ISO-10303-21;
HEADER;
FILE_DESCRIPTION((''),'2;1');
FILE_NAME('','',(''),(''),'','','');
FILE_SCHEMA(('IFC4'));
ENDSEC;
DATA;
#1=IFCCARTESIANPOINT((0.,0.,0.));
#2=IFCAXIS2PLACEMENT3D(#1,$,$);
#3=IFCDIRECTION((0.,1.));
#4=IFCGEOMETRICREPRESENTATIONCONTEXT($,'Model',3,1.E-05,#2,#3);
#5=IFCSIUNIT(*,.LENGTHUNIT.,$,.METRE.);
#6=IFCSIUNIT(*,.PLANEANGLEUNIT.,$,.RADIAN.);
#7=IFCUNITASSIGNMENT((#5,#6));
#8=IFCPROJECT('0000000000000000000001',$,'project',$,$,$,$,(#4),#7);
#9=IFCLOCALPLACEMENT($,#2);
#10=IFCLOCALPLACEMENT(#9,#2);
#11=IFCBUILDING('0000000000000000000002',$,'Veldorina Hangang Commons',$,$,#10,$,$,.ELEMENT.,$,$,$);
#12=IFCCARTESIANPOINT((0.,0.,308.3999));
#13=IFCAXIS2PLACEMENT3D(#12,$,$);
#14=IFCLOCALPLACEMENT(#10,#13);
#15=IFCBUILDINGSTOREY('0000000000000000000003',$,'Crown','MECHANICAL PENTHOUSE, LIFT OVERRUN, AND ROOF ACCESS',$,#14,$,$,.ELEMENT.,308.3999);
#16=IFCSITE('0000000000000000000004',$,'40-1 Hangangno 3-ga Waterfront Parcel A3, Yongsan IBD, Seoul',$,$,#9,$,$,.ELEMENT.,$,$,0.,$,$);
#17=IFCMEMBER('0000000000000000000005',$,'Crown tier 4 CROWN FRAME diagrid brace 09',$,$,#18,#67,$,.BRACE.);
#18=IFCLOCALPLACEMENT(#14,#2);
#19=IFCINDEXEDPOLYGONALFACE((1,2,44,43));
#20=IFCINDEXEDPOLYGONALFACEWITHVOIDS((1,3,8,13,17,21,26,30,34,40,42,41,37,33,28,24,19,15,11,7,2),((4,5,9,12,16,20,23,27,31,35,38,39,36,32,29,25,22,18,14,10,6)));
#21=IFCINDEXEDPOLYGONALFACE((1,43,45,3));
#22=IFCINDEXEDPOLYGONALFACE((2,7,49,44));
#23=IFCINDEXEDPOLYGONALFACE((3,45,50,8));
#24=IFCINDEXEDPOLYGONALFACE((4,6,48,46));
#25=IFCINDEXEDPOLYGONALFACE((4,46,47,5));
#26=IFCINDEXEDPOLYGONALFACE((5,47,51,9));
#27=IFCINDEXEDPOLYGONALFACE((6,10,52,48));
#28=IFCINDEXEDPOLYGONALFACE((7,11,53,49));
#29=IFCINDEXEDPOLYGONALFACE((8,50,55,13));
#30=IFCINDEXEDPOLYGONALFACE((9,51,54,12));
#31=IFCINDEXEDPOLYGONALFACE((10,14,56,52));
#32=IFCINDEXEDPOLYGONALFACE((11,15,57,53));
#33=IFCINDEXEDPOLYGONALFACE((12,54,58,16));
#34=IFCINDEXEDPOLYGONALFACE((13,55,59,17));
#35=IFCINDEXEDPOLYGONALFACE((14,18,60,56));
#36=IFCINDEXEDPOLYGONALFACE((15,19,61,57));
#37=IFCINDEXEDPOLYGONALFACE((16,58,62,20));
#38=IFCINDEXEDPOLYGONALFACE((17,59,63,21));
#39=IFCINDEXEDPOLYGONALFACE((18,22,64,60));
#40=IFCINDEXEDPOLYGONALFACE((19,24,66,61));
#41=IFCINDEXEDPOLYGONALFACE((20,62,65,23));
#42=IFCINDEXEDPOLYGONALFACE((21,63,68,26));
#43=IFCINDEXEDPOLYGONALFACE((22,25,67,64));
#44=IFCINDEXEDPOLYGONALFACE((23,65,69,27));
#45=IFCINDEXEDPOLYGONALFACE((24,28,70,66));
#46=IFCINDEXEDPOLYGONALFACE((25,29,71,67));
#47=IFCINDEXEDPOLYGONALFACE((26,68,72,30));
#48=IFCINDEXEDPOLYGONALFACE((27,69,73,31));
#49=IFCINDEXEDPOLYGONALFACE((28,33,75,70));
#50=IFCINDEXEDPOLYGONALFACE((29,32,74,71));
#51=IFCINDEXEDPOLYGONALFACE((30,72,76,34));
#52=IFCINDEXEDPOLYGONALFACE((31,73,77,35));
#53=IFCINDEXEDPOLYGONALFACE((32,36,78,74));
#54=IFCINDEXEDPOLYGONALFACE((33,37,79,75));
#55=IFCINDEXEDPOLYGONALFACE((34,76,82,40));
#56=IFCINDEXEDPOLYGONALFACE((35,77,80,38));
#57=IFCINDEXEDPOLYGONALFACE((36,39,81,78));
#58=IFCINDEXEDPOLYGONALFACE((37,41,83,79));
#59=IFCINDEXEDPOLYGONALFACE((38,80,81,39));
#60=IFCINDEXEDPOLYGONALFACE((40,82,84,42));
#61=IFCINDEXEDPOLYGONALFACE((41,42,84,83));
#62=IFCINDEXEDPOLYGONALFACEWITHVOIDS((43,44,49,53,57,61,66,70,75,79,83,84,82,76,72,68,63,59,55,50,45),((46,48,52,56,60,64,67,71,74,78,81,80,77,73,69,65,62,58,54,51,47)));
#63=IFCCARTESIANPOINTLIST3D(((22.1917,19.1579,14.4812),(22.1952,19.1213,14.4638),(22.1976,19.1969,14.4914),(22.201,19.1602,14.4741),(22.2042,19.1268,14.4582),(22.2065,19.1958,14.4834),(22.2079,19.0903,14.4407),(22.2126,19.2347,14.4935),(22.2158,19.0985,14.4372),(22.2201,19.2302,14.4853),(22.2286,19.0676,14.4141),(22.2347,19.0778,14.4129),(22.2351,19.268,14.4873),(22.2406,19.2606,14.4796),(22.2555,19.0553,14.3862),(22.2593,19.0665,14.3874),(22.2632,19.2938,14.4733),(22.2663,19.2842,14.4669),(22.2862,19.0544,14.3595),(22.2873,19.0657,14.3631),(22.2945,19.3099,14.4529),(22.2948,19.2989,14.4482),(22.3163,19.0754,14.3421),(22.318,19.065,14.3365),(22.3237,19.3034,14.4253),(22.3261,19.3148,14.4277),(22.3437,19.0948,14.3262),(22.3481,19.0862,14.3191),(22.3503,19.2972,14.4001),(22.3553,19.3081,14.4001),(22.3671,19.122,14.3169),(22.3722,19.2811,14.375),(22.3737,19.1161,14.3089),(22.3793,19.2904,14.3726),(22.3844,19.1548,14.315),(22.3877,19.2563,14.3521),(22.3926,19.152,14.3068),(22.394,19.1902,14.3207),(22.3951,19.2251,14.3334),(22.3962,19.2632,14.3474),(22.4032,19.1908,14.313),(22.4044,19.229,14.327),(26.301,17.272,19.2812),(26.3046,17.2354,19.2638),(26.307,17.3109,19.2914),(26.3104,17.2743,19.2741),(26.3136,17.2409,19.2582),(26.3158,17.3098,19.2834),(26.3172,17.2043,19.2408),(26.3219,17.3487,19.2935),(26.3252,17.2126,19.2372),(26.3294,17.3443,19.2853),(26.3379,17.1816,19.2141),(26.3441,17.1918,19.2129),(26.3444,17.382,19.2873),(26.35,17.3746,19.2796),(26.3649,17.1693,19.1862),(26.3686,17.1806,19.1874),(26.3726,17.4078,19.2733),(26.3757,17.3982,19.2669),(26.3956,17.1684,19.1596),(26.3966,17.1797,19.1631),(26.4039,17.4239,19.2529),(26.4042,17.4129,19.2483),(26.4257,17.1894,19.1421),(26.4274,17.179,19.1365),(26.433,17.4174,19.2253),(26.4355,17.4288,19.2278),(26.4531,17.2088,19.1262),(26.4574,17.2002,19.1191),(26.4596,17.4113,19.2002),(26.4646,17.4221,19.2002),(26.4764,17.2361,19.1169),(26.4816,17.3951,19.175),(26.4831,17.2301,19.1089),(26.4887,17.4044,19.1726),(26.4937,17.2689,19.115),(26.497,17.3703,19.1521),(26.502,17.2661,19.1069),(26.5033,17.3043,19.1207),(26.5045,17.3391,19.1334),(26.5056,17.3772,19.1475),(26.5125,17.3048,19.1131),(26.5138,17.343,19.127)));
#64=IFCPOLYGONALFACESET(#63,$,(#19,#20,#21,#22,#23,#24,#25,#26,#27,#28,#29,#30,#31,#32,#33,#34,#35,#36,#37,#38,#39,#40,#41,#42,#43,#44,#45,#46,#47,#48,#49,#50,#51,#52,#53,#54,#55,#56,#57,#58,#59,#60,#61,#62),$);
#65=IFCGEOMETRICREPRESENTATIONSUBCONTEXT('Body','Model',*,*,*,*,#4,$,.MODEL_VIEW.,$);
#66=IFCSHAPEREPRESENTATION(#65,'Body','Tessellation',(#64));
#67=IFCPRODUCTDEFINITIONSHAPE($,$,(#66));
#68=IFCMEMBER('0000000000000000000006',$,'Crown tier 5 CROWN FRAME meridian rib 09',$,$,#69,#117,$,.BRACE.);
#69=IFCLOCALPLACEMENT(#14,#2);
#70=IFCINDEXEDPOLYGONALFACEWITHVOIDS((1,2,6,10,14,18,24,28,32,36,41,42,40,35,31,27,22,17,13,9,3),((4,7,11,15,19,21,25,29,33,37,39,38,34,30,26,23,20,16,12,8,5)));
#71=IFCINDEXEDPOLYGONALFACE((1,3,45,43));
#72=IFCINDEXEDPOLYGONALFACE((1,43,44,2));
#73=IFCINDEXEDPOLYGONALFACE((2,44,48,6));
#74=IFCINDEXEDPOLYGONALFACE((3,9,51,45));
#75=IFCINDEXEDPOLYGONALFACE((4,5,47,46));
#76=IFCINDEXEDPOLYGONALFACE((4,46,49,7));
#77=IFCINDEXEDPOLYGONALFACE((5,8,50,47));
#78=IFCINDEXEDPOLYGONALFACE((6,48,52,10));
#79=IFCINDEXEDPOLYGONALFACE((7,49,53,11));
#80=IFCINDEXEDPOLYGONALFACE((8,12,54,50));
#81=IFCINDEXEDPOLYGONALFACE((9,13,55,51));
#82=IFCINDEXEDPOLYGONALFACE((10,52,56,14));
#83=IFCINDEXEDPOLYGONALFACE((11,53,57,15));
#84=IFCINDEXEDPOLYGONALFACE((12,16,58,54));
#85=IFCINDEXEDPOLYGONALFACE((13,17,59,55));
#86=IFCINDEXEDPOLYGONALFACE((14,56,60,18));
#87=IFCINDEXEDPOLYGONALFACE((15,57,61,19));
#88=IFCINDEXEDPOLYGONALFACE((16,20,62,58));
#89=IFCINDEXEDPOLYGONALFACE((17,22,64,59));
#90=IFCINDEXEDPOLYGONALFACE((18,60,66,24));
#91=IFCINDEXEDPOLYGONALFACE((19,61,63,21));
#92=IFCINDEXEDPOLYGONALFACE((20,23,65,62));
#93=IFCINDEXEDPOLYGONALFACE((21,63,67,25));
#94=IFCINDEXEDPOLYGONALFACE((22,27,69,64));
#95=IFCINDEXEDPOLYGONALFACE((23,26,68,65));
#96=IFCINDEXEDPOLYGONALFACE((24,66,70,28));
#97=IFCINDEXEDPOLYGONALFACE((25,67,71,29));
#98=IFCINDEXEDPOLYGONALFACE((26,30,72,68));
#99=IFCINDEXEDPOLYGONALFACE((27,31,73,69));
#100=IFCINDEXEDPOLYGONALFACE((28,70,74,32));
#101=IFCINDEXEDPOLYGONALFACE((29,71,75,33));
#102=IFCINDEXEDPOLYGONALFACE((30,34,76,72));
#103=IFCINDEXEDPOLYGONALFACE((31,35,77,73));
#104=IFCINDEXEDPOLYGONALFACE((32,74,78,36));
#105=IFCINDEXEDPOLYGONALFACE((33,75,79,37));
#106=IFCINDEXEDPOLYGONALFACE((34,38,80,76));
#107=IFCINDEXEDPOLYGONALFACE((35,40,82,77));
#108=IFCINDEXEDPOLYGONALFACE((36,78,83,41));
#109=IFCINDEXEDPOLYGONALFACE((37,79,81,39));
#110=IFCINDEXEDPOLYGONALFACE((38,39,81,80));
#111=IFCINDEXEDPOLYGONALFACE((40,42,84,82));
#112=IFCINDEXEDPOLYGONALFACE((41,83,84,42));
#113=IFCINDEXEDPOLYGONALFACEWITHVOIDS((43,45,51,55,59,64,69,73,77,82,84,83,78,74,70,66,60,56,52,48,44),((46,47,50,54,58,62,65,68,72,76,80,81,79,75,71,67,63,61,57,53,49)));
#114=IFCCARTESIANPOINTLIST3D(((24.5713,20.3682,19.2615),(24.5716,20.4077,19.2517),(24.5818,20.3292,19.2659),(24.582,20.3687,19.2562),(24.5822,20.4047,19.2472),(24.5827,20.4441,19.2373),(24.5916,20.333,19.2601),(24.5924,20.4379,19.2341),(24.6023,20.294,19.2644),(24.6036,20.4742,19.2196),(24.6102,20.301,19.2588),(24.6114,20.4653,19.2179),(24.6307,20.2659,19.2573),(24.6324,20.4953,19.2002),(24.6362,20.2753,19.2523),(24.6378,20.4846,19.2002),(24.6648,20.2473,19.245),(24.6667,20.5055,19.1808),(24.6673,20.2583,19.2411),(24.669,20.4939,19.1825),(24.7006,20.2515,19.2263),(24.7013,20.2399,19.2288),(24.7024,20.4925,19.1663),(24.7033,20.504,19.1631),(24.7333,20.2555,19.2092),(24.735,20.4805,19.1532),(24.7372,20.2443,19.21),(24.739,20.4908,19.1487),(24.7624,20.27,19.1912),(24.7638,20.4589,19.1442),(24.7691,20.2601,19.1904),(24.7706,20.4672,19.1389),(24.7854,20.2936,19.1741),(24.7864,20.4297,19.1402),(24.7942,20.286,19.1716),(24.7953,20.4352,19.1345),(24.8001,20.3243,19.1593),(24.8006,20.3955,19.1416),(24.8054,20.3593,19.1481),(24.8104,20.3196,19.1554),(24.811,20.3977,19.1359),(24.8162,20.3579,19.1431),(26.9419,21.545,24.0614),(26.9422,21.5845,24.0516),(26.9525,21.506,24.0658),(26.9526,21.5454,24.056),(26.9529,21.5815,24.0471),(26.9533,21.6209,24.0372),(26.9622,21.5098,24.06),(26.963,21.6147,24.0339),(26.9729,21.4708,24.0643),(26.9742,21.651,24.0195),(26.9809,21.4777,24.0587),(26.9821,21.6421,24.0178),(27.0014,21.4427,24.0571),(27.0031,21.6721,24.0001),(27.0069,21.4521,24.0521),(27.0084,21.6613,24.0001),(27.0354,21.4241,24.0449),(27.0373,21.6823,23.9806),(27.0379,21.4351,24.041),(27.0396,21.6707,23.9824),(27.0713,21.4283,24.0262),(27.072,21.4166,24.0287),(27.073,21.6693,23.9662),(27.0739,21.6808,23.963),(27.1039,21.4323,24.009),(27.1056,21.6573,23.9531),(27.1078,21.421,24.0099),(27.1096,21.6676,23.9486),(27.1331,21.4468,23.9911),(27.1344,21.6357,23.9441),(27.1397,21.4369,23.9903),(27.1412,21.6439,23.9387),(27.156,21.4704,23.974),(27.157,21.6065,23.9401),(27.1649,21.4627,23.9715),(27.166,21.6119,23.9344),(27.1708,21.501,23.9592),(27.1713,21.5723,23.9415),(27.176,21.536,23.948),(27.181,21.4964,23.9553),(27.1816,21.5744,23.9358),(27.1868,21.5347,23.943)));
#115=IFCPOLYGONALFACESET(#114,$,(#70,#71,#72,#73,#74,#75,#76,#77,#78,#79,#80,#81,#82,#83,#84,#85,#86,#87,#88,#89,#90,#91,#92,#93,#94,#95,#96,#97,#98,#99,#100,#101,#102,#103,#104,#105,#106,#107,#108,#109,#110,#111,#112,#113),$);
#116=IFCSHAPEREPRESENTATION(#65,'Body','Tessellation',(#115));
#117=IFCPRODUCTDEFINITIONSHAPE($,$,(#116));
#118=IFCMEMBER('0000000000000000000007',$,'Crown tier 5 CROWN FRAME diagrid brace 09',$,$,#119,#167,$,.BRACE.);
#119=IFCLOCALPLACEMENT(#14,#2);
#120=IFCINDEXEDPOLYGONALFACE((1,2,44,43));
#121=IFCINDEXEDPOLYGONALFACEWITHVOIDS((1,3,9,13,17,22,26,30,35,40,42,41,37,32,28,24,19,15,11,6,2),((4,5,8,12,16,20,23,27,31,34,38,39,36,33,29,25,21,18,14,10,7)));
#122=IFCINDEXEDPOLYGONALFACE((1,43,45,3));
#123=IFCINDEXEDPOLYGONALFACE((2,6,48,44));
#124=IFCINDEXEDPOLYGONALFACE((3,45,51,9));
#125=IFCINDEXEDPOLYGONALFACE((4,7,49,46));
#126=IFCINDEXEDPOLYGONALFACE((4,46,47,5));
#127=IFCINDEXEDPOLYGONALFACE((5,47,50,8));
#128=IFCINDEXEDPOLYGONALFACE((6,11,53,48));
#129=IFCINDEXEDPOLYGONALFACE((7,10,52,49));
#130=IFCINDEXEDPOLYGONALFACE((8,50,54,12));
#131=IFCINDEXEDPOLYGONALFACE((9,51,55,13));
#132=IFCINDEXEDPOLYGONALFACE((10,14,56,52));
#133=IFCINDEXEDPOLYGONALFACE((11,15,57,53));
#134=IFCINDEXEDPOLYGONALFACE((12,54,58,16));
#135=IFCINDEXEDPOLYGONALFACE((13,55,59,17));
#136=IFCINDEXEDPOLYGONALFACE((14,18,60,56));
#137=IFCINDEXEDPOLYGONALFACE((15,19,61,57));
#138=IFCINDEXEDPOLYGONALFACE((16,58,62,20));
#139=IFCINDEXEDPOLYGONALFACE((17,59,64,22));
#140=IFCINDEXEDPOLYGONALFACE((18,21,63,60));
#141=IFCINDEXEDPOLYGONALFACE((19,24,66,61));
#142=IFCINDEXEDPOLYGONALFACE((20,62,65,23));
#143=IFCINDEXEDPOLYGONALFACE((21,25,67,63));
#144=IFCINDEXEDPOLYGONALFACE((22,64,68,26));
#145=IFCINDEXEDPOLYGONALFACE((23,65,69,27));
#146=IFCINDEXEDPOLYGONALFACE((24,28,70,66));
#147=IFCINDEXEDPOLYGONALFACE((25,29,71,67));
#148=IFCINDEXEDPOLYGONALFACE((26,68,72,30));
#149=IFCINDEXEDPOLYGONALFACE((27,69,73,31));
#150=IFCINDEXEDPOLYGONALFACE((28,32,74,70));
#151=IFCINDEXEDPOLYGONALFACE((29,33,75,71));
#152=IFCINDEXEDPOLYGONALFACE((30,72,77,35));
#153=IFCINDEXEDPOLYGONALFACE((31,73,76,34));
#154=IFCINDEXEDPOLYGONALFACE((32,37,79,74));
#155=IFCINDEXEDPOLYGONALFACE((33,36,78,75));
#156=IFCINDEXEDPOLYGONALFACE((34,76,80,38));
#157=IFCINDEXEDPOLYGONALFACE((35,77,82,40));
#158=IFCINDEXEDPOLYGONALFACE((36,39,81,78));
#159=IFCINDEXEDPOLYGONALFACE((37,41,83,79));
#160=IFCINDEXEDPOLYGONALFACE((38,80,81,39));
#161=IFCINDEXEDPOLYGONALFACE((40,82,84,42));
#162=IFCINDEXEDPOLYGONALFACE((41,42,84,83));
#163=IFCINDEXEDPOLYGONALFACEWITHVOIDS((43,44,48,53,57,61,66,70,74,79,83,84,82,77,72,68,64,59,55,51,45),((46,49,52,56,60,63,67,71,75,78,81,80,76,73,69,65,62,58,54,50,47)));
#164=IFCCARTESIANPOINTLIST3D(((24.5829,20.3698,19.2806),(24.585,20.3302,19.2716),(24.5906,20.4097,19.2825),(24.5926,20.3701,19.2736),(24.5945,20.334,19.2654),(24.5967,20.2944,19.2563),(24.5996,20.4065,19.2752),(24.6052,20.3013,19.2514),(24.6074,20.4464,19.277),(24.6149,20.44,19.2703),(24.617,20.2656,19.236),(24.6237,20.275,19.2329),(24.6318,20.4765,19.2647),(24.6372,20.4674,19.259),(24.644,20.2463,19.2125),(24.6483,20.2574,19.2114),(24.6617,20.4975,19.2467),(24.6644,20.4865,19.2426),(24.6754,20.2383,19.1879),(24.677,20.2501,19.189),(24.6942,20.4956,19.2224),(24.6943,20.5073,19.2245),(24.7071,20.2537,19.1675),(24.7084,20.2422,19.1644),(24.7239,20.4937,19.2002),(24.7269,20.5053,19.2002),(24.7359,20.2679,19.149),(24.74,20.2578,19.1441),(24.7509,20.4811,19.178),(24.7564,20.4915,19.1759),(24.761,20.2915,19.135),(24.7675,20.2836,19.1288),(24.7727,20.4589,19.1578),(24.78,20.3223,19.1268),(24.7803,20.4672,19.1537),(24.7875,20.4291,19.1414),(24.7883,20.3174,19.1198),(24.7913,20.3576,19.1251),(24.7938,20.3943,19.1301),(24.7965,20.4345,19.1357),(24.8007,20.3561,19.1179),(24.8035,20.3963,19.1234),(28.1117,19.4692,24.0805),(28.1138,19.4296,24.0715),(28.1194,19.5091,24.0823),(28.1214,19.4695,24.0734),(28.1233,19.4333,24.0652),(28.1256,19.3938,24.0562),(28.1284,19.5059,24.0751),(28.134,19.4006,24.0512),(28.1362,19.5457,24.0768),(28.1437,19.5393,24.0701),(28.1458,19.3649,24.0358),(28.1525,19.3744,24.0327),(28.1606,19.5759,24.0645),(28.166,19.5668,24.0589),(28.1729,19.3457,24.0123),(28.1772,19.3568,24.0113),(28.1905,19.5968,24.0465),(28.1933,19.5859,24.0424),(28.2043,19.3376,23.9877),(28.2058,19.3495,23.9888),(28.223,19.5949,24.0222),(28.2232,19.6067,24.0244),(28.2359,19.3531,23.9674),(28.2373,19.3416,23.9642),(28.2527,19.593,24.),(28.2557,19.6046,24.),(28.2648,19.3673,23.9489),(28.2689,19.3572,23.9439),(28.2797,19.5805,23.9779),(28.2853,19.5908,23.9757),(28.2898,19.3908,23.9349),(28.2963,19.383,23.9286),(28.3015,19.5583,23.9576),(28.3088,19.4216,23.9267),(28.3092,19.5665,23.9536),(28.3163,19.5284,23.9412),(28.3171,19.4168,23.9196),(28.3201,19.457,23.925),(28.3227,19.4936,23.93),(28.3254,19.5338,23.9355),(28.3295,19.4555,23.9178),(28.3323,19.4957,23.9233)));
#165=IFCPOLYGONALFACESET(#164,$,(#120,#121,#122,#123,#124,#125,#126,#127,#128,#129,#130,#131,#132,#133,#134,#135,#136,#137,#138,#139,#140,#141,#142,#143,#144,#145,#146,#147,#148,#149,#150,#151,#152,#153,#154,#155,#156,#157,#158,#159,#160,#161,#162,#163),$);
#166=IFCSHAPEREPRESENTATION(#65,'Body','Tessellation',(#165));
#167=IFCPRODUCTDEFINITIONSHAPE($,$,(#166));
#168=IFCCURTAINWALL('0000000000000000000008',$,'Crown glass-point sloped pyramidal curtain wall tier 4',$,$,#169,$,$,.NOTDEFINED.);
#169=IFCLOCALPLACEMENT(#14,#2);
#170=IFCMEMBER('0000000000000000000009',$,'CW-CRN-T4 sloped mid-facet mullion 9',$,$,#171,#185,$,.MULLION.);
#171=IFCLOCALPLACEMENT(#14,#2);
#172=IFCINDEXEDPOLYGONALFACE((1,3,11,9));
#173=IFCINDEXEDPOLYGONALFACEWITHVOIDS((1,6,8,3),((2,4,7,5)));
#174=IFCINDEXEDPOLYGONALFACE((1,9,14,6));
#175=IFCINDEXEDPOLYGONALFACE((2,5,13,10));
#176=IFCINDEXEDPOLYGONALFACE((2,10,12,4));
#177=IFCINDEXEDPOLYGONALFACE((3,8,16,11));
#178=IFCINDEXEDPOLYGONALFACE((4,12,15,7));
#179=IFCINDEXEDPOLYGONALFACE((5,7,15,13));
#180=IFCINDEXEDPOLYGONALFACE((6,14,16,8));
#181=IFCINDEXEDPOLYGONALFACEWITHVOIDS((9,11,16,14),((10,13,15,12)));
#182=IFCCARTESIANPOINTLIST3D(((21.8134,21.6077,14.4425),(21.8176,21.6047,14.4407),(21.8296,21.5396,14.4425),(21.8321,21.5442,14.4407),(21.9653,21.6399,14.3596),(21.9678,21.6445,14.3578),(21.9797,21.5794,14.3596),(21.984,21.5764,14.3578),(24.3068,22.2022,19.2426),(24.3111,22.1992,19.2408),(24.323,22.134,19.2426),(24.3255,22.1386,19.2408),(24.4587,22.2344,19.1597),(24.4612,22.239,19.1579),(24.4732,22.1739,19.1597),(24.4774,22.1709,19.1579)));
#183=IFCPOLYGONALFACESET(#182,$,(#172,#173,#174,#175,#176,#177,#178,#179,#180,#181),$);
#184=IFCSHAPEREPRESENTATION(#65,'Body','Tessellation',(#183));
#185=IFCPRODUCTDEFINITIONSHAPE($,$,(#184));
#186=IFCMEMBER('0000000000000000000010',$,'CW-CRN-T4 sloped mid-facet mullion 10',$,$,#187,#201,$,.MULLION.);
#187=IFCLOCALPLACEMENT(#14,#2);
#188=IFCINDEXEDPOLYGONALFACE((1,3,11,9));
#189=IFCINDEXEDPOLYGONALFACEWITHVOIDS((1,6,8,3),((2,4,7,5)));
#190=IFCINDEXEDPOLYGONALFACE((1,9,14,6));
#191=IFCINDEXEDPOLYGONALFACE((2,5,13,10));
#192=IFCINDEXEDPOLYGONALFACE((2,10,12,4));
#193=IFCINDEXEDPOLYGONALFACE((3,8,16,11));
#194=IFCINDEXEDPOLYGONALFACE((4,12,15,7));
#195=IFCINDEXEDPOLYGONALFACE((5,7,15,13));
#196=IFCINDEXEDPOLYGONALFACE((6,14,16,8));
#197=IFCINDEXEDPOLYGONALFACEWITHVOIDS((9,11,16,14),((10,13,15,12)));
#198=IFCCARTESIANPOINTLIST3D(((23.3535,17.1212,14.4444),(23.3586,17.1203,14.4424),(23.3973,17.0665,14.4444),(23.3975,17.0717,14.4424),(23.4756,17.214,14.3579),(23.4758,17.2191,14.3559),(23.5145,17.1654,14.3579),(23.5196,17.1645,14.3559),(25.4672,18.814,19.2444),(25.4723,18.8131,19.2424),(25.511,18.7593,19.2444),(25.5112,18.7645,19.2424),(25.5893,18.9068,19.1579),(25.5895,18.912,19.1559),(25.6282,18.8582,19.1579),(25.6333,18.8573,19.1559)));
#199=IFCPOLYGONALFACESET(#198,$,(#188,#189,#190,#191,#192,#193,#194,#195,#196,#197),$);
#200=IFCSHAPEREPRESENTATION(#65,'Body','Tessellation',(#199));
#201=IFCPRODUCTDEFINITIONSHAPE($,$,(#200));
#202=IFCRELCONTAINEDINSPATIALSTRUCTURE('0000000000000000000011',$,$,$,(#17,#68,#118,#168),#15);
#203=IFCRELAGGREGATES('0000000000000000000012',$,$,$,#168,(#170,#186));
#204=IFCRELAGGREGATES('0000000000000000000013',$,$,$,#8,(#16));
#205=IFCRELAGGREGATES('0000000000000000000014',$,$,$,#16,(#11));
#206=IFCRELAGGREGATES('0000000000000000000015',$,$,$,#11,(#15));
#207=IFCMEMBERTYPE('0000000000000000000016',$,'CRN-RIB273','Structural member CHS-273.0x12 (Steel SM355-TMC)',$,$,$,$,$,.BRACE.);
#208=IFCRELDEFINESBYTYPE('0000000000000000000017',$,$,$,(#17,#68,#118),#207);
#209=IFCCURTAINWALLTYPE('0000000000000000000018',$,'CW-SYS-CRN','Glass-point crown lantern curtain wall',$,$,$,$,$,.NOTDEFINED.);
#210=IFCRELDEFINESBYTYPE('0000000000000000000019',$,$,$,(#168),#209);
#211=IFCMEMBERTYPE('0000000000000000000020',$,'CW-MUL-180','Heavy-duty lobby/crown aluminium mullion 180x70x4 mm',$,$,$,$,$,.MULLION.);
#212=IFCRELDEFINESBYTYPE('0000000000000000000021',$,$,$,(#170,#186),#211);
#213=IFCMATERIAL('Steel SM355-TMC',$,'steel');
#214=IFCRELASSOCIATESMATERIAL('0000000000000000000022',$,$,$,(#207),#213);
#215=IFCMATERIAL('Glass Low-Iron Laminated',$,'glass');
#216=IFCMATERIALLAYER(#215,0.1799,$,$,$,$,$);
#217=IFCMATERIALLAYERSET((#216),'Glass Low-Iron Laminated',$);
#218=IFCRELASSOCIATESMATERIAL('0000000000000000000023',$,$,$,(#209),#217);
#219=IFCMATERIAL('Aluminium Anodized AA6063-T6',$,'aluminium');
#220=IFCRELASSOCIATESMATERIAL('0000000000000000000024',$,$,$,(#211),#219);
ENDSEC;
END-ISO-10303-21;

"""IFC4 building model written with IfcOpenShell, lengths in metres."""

from ifc_helpers import new_model, si_unit, direction, frame, origin, origin_2d, place, context, subcontext, project, spatial, hollow_rectangle, hollow_circle, extrude, material, layer, layer_set, material_profile, profile_set, type_object, element, aggregate, save


model = new_model("IFC4")

# Units and contexts
model_context = context("Model", 3, precision=1e-05, world=origin(), true_north=direction((0.0, 1.0)))
body_context = subcontext(model_context, "Body", "Model", "MODEL_VIEW")
ifc_project = project(units=[si_unit("LENGTHUNIT", "METRE"), si_unit("PLANEANGLEUNIT", "RADIAN")], contexts=[model_context])

# Site, building, storey
site_placement = place(None, origin())
site = spatial("IfcSite", under=ifc_project, at=site_placement, Name="40-1 Hangangno 3-ga Waterfront Parcel A3, Yongsan IBD, Seoul", CompositionType="ELEMENT", RefElevation=0.0)
building_placement = place(site_placement, origin())
building = spatial("IfcBuilding", under=site, at=building_placement, Name="Veldorina Hangang Commons", CompositionType="ELEMENT")
storey_placement = place(building_placement, frame((0.0, 0.0, 308.3999)))
storey = spatial("IfcBuildingStorey", under=building, at=storey_placement, Name="Crown", Description="MECHANICAL PENTHOUSE, LIFT OVERRUN, AND ROOF ACCESS", CompositionType="ELEMENT", Elevation=308.3999)

# Members
ifc_material_1 = material(Name="Steel SM355-TMC", Category="steel")
ifc_material_profile_1 = material_profile(ifc_material_1, hollow_circle(Radius=0.1365, WallThickness=0.012, at=origin_2d()), Name="CHS-273.0x12")
ifc_profile_set_1 = profile_set([ifc_material_profile_1], Name="Steel SM355-TMC")
member_type_1 = type_object("IfcMemberType", Name="CRN-RIB273", Description="Structural member CHS-273.0x12 (Steel SM355-TMC)", PredefinedType="BRACE", material=ifc_profile_set_1)
member_1_placement = place(storey_placement, frame((22.2983, 19.1841, 14.4001), z_axis=(0.623174, -0.286004, 0.727912), x_axis=(0.417116, 0.908853, 0.0)))
element("IfcMember", 1, at=member_1_placement, inside=storey, type_object=member_type_1, Name="Crown tier 4 CROWN FRAME diagrid brace 09", PredefinedType="BRACE", context=body_context, shape_type="SweptSolid", body=[
    extrude(hollow_circle(Radius=0.1365, WallThickness=0.012, at=origin_2d()), origin(), (0.0, 0.0, 1.0), 6.5942),
])
member_2_placement = place(storey_placement, frame((24.6931, 20.373, 19.2002), z_axis=(0.432504, 0.214693, 0.875698), x_axis=(-0.444629, 0.895715, 0.0)))
element("IfcMember", 2, at=member_2_placement, inside=storey, type_object=member_type_1, Name="Crown tier 5 CROWN FRAME meridian rib 09", PredefinedType="BRACE", context=body_context, shape_type="SweptSolid", body=[
    extrude(hollow_circle(Radius=0.1365, WallThickness=0.012, at=origin_2d()), origin(), (0.0, 0.0, 1.0), 5.4812),
])
member_3_placement = place(storey_placement, frame((24.6931, 20.373, 19.2002), z_axis=(0.585685, -0.149481, 0.796636), x_axis=(0.247296, 0.96894, 0.0)))
element("IfcMember", 3, at=member_3_placement, inside=storey, type_object=member_type_1, Name="Crown tier 5 CROWN FRAME diagrid brace 09", PredefinedType="BRACE", context=body_context, shape_type="SweptSolid", body=[
    extrude(hollow_circle(Radius=0.1365, WallThickness=0.012, at=origin_2d()), origin(), (0.0, 0.0, 1.0), 6.0251),
])

# Curtain wall, members
ifc_material_2 = material(Name="Glass Low-Iron Laminated", Category="glass")
ifc_layer_1 = layer(ifc_material_2, 0.1799)
ifc_layer_set_1 = layer_set([ifc_layer_1], Name="Glass Low-Iron Laminated")
curtain_wall_type = type_object("IfcCurtainWallType", Name="CW-SYS-CRN", Description="Glass-point crown lantern curtain wall", PredefinedType="NOTDEFINED", material=ifc_layer_set_1)
curtain_wall_1_placement = place(storey_placement, origin())
curtain_wall_1 = element("IfcCurtainWall", 4, at=curtain_wall_1_placement, inside=storey, type_object=curtain_wall_type, Name="Crown glass-point sloped pyramidal curtain wall tier 4", PredefinedType="NOTDEFINED")
ifc_material_3 = material(Name="Aluminium Anodized AA6063-T6", Category="aluminium")
ifc_material_profile_2 = material_profile(ifc_material_3, hollow_rectangle(XDim=0.0701, YDim=0.1799, WallThickness=0.0039, at=origin_2d()), Name="ALU-RHS-180x70x4")
ifc_profile_set_2 = profile_set([ifc_material_profile_2], Name="Aluminium Anodized AA6063-T6")
member_type_2 = type_object("IfcMemberType", Name="CW-MUL-180", Description="Heavy-duty lobby/crown aluminium mullion 180x70x4 mm", PredefinedType="MULLION", material=ifc_profile_set_2)
member_4_placement = place(storey_placement, frame((21.8987, 21.592, 14.4001), z_axis=(0.458213, 0.109248, 0.882103), x_axis=(-0.231921, 0.972735, 0.0)))
member_4 = element("IfcMember", 5, at=member_4_placement, type_object=member_type_2, Name="CW-CRN-T4 sloped mid-facet mullion 9", PredefinedType="MULLION", context=body_context, shape_type="SweptSolid", body=[
    extrude(hollow_rectangle(XDim=0.0701, YDim=0.1799, WallThickness=0.0039, at=origin_2d()), origin(), (0.0, 0.0, 1.0), 5.4417),
])
member_5_placement = place(storey_placement, frame((23.4365, 17.1428, 14.4001), z_axis=(0.383535, 0.307164, 0.870949), x_axis=(-0.625113, 0.780534, 0.0)))
member_5 = element("IfcMember", 6, at=member_5_placement, type_object=member_type_2, Name="CW-CRN-T4 sloped mid-facet mullion 10", PredefinedType="MULLION", context=body_context, shape_type="SweptSolid", body=[
    extrude(hollow_rectangle(XDim=0.0701, YDim=0.1799, WallThickness=0.0039, at=origin_2d()), origin(), (0.0, 0.0, 1.0), 5.5112),
])

aggregate(curtain_wall_1, [member_4, member_5])

save(model, "model.ifc")
